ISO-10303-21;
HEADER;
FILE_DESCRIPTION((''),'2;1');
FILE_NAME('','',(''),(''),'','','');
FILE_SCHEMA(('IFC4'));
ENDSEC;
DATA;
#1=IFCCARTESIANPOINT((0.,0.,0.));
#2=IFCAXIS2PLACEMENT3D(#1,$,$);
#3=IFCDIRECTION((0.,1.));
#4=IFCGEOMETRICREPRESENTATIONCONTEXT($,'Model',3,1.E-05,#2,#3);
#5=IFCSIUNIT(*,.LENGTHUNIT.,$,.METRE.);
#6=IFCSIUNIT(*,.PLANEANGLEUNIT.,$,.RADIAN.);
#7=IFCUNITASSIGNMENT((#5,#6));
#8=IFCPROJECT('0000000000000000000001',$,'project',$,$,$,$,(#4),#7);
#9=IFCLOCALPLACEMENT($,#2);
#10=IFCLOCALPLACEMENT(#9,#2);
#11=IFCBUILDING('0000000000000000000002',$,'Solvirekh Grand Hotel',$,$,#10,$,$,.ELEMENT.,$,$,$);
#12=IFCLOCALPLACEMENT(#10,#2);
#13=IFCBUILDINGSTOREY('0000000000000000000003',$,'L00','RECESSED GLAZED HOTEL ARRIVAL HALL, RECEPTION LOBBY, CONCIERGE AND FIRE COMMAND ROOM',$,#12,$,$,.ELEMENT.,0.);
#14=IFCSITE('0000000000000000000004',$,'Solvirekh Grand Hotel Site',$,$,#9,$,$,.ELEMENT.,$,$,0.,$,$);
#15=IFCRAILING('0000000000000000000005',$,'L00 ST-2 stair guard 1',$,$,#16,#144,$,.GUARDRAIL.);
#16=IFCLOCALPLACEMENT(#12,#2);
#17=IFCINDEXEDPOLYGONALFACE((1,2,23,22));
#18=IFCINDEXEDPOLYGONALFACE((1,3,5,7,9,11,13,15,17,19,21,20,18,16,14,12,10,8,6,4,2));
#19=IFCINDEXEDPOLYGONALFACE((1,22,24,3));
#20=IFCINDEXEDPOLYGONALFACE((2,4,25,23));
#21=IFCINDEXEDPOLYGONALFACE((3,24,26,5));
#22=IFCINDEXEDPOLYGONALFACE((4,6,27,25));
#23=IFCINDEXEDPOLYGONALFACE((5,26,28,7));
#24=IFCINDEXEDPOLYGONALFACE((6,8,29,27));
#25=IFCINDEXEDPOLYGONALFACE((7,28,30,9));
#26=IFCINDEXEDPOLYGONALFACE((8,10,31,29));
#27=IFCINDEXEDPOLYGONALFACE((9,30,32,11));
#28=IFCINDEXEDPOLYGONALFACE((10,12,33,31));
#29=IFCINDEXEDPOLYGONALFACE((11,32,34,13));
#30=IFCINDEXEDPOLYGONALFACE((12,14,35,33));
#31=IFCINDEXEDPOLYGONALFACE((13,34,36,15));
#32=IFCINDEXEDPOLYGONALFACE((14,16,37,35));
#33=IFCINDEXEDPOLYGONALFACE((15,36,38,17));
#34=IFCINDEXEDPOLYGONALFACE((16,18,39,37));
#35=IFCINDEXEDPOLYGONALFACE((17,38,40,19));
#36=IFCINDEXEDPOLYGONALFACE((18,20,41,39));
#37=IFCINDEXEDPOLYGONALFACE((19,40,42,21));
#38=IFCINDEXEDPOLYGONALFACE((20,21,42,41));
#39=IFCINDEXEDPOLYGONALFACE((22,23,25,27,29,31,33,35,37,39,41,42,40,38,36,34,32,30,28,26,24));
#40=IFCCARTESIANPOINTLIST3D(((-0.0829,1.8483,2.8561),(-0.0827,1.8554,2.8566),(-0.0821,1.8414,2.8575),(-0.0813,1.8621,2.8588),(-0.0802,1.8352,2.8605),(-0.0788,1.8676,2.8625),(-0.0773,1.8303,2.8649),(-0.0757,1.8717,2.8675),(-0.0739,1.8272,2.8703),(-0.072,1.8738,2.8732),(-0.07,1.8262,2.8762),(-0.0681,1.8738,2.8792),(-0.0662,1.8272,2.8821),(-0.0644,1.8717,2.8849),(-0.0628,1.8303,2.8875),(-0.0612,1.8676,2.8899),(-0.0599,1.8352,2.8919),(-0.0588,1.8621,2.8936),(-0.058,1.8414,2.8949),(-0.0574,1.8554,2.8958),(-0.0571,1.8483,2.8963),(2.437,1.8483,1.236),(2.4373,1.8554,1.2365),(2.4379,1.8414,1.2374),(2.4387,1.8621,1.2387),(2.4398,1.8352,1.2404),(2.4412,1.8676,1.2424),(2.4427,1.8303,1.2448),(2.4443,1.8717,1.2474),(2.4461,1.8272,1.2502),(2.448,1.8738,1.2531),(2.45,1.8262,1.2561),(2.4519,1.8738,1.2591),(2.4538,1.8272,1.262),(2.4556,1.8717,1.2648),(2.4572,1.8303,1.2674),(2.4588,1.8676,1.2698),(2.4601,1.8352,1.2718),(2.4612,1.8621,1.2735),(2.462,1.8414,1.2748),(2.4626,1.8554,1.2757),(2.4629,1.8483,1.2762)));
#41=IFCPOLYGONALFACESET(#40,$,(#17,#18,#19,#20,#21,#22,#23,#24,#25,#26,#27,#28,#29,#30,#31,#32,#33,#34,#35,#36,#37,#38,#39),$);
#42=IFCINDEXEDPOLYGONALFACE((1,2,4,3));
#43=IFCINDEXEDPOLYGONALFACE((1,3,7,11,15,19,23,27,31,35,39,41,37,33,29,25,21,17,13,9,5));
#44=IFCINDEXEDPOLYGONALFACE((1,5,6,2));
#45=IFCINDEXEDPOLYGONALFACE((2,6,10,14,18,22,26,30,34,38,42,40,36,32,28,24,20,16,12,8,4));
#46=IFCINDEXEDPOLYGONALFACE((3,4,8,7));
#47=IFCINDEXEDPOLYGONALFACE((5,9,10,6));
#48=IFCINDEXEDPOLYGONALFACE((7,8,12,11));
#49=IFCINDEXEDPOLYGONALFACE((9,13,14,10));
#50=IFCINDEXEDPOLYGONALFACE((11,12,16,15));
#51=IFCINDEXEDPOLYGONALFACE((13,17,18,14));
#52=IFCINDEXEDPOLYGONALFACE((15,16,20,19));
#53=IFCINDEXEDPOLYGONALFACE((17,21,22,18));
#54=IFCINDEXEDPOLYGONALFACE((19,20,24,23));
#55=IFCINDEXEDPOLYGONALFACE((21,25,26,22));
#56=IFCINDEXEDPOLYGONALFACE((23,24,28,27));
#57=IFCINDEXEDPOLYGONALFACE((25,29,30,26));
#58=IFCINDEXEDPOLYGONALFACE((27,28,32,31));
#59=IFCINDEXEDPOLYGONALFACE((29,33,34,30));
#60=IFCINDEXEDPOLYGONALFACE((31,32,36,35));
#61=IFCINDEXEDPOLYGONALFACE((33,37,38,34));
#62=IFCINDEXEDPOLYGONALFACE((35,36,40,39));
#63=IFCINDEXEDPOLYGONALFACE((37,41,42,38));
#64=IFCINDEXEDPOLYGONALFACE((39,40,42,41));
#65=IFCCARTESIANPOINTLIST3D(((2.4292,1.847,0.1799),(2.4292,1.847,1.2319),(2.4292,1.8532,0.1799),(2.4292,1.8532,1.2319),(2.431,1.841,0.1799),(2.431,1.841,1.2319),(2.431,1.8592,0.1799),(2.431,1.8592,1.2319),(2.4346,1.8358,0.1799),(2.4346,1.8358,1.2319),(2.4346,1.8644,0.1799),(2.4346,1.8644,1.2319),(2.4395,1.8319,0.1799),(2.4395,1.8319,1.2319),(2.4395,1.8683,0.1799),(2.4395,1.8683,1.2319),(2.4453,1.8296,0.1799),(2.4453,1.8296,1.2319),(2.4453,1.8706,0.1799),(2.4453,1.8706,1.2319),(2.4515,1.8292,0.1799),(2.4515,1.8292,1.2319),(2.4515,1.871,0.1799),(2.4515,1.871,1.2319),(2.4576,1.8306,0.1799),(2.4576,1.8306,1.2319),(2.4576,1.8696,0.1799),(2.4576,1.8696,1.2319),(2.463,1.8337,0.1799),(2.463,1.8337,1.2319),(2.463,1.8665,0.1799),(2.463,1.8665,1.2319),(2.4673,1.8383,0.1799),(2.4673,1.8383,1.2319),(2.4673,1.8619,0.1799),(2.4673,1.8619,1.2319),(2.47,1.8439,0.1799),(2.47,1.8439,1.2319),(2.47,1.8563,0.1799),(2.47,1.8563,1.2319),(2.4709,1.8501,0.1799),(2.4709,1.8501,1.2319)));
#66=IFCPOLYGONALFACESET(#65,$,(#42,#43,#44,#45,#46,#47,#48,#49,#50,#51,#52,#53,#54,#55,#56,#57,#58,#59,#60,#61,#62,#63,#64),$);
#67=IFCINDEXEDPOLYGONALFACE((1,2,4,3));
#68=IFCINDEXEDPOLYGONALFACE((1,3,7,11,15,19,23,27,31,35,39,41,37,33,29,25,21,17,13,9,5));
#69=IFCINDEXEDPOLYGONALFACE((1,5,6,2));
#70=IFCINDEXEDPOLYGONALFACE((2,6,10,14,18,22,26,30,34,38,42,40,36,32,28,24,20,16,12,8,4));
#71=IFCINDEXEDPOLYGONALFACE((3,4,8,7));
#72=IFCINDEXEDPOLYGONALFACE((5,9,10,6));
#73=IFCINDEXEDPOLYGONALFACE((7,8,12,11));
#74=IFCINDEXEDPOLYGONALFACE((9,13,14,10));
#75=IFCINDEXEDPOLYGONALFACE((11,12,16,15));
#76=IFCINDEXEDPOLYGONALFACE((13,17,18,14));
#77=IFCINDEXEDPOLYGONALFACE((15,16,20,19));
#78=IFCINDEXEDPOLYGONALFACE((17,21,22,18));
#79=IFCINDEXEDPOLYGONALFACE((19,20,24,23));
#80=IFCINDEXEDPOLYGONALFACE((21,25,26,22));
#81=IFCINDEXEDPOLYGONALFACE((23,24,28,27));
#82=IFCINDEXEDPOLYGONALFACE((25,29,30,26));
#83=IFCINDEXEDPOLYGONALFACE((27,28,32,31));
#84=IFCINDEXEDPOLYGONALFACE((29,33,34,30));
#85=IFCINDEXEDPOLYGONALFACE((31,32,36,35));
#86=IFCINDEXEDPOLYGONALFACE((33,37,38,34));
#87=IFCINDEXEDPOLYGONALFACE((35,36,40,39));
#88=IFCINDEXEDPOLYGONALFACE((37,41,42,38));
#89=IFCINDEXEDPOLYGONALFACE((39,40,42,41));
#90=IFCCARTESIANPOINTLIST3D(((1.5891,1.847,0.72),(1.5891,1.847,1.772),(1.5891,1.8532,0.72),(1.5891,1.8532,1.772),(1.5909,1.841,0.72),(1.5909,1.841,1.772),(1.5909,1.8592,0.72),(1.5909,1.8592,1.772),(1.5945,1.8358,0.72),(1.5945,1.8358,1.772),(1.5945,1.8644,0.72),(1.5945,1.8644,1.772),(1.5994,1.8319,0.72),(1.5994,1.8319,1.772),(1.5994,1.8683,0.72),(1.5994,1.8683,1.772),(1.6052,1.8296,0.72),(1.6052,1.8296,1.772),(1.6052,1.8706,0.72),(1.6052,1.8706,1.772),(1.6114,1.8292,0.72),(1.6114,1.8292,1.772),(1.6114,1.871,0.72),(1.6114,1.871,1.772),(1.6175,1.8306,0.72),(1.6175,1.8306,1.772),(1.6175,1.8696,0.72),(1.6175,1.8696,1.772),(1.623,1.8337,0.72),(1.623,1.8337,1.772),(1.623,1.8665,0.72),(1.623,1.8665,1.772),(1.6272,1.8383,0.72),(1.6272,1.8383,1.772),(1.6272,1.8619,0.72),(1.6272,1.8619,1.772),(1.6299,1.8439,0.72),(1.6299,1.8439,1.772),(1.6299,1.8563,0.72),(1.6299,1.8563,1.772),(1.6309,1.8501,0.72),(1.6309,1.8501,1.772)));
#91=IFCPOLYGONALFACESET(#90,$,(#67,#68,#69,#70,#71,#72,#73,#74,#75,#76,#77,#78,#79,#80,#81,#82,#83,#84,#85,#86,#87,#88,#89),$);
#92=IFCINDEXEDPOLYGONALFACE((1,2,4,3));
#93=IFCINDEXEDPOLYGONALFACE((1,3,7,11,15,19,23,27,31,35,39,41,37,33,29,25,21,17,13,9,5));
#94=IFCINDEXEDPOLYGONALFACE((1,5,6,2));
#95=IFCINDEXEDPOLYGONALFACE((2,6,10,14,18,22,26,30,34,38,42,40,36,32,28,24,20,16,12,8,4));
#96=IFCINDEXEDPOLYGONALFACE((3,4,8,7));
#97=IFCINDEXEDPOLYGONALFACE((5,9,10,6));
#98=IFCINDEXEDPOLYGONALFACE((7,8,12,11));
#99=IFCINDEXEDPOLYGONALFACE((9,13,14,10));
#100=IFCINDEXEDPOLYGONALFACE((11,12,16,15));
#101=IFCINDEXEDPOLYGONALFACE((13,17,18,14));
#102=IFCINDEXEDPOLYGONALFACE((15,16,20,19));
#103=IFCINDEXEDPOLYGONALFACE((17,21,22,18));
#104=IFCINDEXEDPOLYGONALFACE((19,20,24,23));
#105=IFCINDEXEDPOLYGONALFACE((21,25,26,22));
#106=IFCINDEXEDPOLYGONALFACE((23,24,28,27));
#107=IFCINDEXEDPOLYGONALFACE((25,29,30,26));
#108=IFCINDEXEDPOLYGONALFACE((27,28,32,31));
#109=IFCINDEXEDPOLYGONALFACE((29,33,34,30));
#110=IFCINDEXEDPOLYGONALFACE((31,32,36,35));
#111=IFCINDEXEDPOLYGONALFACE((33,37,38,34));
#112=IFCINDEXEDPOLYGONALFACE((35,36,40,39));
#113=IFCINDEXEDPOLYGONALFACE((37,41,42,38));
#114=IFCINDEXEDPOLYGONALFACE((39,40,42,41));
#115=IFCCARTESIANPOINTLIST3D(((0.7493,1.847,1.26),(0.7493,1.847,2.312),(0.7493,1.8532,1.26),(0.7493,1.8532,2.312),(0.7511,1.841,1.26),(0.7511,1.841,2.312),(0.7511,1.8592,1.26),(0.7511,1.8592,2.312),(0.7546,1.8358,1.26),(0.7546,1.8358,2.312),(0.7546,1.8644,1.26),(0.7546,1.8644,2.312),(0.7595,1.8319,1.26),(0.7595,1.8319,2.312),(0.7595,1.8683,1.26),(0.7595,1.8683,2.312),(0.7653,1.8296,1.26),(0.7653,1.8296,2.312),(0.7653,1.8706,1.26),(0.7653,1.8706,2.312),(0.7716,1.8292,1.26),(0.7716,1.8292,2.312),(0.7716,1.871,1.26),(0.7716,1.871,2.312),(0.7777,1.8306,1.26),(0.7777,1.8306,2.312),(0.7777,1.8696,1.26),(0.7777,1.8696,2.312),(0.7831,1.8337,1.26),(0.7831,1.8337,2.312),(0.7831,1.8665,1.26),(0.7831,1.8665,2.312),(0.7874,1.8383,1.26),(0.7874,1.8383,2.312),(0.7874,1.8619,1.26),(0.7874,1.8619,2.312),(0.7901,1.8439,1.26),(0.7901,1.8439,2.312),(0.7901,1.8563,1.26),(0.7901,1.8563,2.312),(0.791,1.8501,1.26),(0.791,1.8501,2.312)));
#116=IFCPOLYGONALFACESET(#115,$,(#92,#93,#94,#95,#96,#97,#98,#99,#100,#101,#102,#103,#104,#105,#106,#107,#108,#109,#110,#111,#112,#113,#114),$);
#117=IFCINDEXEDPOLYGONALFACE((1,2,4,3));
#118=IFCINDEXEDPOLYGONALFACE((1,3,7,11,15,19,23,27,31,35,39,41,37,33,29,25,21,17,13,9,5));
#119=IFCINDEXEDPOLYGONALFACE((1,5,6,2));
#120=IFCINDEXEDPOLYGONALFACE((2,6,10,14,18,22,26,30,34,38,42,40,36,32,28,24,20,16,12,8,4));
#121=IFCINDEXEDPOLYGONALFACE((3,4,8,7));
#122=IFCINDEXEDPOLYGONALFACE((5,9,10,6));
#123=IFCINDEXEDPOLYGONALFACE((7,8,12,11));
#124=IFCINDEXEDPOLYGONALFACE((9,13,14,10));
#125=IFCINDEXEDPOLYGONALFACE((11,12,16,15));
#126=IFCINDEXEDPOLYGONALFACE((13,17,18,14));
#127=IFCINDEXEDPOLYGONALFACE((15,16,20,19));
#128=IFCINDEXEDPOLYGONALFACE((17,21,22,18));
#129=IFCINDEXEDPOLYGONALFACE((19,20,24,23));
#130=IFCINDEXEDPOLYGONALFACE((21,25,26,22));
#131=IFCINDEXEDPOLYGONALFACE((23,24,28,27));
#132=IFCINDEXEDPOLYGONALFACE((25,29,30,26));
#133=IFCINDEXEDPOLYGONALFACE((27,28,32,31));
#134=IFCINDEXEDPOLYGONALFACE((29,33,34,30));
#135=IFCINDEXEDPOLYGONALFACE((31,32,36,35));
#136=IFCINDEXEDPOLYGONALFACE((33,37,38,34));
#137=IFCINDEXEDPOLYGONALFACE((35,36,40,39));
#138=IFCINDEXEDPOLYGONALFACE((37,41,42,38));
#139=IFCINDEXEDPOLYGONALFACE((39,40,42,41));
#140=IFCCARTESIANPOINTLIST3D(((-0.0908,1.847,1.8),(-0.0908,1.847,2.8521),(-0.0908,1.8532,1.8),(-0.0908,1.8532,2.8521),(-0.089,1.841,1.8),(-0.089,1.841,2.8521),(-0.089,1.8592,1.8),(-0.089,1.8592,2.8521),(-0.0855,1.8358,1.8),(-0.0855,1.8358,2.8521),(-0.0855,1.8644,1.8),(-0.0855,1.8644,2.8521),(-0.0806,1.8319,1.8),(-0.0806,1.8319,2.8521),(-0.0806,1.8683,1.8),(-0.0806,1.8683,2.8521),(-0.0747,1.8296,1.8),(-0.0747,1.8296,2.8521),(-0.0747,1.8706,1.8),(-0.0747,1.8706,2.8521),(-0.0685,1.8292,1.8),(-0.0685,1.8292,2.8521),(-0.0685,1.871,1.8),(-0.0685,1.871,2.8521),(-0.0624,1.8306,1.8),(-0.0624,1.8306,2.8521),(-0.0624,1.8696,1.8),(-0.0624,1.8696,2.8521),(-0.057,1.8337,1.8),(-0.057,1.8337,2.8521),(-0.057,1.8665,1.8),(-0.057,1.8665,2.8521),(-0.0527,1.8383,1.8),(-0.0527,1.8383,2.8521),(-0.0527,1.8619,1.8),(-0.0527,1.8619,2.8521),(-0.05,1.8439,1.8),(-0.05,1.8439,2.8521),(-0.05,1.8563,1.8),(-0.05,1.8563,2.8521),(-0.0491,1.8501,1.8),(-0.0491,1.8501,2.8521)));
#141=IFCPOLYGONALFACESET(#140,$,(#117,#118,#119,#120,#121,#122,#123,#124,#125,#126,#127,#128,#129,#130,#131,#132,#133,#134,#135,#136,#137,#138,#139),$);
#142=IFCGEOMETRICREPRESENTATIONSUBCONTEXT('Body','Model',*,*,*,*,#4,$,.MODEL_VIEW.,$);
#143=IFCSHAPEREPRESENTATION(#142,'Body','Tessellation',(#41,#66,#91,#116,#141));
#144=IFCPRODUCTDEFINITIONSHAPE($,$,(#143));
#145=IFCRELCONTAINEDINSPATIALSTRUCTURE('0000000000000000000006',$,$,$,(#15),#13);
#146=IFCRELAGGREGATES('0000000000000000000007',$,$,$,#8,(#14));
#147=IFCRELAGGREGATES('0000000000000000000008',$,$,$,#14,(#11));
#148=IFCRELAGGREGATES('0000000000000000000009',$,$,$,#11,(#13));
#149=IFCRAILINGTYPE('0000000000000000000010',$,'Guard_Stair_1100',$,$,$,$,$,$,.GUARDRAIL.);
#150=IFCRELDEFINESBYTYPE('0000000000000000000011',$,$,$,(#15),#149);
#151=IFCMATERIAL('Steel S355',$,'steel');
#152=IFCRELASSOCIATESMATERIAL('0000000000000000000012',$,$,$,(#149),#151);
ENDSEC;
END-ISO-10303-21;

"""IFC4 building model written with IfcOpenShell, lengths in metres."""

from ifc_helpers import new_model, si_unit, direction, frame, origin, origin_2d, place, context, subcontext, project, spatial, circle, extrude, material, type_object, element, save


model = new_model("IFC4")

# Units and contexts
model_context = context("Model", 3, precision=1e-05, world=origin(), true_north=direction((0.0, 1.0)))
body_context = subcontext(model_context, "Body", "Model", "MODEL_VIEW")
ifc_project = project(units=[si_unit("LENGTHUNIT", "METRE"), si_unit("PLANEANGLEUNIT", "RADIAN")], contexts=[model_context])

# Site, building, storey
site_placement = place(None, origin())
site = spatial("IfcSite", under=ifc_project, at=site_placement, Name="Solvirekh Grand Hotel Site", CompositionType="ELEMENT", RefElevation=0.0)
building_placement = place(site_placement, origin())
building = spatial("IfcBuilding", under=site, at=building_placement, Name="Solvirekh Grand Hotel", CompositionType="ELEMENT")
storey_placement = place(building_placement, origin())
storey = spatial("IfcBuildingStorey", under=building, at=storey_placement, Name="L00", Description="RECESSED GLAZED HOTEL ARRIVAL HALL, RECEPTION LOBBY, CONCIERGE AND FIRE COMMAND ROOM", CompositionType="ELEMENT", Elevation=0.0)

# Railing
ifc_material_1 = material(Name="Steel S355", Category="steel")
railing_type_1 = type_object("IfcRailingType", Name="Guard_Stair_1100", PredefinedType="GUARDRAIL", material=ifc_material_1)
railing_1_placement = place(storey_placement, frame((2.45, 1.8501, 0.1799)))
element("IfcRailing", 1, at=railing_1_placement, inside=storey, type_object=railing_type_1, Name="L00 ST-2 stair guard 1", PredefinedType="GUARDRAIL", context=body_context, shape_type="SweptSolid", body=[
    extrude(circle(Radius=0.0239, at=origin_2d()), frame((0.0, 0.0, 1.0762), z_axis=(-0.841163, 0.0, 0.540782), x_axis=(0.0, -1.0, 0.0)), (0.0, 0.0, 1.0), 2.9958),
    extrude(circle(Radius=0.021, at=origin_2d()), origin(), (0.0, 0.0, 1.0), 1.052),
    extrude(circle(Radius=0.021, at=origin_2d()), frame((-0.8401, 0.0, 0.54)), (0.0, 0.0, 1.0), 1.052),
    extrude(circle(Radius=0.021, at=origin_2d()), frame((-1.6799, 0.0, 1.0801)), (0.0, 0.0, 1.0), 1.052),
    extrude(circle(Radius=0.021, at=origin_2d()), frame((-2.52, 0.0, 1.6201)), (0.0, 0.0, 1.0), 1.052),
])

save(model, "model.ifc")
